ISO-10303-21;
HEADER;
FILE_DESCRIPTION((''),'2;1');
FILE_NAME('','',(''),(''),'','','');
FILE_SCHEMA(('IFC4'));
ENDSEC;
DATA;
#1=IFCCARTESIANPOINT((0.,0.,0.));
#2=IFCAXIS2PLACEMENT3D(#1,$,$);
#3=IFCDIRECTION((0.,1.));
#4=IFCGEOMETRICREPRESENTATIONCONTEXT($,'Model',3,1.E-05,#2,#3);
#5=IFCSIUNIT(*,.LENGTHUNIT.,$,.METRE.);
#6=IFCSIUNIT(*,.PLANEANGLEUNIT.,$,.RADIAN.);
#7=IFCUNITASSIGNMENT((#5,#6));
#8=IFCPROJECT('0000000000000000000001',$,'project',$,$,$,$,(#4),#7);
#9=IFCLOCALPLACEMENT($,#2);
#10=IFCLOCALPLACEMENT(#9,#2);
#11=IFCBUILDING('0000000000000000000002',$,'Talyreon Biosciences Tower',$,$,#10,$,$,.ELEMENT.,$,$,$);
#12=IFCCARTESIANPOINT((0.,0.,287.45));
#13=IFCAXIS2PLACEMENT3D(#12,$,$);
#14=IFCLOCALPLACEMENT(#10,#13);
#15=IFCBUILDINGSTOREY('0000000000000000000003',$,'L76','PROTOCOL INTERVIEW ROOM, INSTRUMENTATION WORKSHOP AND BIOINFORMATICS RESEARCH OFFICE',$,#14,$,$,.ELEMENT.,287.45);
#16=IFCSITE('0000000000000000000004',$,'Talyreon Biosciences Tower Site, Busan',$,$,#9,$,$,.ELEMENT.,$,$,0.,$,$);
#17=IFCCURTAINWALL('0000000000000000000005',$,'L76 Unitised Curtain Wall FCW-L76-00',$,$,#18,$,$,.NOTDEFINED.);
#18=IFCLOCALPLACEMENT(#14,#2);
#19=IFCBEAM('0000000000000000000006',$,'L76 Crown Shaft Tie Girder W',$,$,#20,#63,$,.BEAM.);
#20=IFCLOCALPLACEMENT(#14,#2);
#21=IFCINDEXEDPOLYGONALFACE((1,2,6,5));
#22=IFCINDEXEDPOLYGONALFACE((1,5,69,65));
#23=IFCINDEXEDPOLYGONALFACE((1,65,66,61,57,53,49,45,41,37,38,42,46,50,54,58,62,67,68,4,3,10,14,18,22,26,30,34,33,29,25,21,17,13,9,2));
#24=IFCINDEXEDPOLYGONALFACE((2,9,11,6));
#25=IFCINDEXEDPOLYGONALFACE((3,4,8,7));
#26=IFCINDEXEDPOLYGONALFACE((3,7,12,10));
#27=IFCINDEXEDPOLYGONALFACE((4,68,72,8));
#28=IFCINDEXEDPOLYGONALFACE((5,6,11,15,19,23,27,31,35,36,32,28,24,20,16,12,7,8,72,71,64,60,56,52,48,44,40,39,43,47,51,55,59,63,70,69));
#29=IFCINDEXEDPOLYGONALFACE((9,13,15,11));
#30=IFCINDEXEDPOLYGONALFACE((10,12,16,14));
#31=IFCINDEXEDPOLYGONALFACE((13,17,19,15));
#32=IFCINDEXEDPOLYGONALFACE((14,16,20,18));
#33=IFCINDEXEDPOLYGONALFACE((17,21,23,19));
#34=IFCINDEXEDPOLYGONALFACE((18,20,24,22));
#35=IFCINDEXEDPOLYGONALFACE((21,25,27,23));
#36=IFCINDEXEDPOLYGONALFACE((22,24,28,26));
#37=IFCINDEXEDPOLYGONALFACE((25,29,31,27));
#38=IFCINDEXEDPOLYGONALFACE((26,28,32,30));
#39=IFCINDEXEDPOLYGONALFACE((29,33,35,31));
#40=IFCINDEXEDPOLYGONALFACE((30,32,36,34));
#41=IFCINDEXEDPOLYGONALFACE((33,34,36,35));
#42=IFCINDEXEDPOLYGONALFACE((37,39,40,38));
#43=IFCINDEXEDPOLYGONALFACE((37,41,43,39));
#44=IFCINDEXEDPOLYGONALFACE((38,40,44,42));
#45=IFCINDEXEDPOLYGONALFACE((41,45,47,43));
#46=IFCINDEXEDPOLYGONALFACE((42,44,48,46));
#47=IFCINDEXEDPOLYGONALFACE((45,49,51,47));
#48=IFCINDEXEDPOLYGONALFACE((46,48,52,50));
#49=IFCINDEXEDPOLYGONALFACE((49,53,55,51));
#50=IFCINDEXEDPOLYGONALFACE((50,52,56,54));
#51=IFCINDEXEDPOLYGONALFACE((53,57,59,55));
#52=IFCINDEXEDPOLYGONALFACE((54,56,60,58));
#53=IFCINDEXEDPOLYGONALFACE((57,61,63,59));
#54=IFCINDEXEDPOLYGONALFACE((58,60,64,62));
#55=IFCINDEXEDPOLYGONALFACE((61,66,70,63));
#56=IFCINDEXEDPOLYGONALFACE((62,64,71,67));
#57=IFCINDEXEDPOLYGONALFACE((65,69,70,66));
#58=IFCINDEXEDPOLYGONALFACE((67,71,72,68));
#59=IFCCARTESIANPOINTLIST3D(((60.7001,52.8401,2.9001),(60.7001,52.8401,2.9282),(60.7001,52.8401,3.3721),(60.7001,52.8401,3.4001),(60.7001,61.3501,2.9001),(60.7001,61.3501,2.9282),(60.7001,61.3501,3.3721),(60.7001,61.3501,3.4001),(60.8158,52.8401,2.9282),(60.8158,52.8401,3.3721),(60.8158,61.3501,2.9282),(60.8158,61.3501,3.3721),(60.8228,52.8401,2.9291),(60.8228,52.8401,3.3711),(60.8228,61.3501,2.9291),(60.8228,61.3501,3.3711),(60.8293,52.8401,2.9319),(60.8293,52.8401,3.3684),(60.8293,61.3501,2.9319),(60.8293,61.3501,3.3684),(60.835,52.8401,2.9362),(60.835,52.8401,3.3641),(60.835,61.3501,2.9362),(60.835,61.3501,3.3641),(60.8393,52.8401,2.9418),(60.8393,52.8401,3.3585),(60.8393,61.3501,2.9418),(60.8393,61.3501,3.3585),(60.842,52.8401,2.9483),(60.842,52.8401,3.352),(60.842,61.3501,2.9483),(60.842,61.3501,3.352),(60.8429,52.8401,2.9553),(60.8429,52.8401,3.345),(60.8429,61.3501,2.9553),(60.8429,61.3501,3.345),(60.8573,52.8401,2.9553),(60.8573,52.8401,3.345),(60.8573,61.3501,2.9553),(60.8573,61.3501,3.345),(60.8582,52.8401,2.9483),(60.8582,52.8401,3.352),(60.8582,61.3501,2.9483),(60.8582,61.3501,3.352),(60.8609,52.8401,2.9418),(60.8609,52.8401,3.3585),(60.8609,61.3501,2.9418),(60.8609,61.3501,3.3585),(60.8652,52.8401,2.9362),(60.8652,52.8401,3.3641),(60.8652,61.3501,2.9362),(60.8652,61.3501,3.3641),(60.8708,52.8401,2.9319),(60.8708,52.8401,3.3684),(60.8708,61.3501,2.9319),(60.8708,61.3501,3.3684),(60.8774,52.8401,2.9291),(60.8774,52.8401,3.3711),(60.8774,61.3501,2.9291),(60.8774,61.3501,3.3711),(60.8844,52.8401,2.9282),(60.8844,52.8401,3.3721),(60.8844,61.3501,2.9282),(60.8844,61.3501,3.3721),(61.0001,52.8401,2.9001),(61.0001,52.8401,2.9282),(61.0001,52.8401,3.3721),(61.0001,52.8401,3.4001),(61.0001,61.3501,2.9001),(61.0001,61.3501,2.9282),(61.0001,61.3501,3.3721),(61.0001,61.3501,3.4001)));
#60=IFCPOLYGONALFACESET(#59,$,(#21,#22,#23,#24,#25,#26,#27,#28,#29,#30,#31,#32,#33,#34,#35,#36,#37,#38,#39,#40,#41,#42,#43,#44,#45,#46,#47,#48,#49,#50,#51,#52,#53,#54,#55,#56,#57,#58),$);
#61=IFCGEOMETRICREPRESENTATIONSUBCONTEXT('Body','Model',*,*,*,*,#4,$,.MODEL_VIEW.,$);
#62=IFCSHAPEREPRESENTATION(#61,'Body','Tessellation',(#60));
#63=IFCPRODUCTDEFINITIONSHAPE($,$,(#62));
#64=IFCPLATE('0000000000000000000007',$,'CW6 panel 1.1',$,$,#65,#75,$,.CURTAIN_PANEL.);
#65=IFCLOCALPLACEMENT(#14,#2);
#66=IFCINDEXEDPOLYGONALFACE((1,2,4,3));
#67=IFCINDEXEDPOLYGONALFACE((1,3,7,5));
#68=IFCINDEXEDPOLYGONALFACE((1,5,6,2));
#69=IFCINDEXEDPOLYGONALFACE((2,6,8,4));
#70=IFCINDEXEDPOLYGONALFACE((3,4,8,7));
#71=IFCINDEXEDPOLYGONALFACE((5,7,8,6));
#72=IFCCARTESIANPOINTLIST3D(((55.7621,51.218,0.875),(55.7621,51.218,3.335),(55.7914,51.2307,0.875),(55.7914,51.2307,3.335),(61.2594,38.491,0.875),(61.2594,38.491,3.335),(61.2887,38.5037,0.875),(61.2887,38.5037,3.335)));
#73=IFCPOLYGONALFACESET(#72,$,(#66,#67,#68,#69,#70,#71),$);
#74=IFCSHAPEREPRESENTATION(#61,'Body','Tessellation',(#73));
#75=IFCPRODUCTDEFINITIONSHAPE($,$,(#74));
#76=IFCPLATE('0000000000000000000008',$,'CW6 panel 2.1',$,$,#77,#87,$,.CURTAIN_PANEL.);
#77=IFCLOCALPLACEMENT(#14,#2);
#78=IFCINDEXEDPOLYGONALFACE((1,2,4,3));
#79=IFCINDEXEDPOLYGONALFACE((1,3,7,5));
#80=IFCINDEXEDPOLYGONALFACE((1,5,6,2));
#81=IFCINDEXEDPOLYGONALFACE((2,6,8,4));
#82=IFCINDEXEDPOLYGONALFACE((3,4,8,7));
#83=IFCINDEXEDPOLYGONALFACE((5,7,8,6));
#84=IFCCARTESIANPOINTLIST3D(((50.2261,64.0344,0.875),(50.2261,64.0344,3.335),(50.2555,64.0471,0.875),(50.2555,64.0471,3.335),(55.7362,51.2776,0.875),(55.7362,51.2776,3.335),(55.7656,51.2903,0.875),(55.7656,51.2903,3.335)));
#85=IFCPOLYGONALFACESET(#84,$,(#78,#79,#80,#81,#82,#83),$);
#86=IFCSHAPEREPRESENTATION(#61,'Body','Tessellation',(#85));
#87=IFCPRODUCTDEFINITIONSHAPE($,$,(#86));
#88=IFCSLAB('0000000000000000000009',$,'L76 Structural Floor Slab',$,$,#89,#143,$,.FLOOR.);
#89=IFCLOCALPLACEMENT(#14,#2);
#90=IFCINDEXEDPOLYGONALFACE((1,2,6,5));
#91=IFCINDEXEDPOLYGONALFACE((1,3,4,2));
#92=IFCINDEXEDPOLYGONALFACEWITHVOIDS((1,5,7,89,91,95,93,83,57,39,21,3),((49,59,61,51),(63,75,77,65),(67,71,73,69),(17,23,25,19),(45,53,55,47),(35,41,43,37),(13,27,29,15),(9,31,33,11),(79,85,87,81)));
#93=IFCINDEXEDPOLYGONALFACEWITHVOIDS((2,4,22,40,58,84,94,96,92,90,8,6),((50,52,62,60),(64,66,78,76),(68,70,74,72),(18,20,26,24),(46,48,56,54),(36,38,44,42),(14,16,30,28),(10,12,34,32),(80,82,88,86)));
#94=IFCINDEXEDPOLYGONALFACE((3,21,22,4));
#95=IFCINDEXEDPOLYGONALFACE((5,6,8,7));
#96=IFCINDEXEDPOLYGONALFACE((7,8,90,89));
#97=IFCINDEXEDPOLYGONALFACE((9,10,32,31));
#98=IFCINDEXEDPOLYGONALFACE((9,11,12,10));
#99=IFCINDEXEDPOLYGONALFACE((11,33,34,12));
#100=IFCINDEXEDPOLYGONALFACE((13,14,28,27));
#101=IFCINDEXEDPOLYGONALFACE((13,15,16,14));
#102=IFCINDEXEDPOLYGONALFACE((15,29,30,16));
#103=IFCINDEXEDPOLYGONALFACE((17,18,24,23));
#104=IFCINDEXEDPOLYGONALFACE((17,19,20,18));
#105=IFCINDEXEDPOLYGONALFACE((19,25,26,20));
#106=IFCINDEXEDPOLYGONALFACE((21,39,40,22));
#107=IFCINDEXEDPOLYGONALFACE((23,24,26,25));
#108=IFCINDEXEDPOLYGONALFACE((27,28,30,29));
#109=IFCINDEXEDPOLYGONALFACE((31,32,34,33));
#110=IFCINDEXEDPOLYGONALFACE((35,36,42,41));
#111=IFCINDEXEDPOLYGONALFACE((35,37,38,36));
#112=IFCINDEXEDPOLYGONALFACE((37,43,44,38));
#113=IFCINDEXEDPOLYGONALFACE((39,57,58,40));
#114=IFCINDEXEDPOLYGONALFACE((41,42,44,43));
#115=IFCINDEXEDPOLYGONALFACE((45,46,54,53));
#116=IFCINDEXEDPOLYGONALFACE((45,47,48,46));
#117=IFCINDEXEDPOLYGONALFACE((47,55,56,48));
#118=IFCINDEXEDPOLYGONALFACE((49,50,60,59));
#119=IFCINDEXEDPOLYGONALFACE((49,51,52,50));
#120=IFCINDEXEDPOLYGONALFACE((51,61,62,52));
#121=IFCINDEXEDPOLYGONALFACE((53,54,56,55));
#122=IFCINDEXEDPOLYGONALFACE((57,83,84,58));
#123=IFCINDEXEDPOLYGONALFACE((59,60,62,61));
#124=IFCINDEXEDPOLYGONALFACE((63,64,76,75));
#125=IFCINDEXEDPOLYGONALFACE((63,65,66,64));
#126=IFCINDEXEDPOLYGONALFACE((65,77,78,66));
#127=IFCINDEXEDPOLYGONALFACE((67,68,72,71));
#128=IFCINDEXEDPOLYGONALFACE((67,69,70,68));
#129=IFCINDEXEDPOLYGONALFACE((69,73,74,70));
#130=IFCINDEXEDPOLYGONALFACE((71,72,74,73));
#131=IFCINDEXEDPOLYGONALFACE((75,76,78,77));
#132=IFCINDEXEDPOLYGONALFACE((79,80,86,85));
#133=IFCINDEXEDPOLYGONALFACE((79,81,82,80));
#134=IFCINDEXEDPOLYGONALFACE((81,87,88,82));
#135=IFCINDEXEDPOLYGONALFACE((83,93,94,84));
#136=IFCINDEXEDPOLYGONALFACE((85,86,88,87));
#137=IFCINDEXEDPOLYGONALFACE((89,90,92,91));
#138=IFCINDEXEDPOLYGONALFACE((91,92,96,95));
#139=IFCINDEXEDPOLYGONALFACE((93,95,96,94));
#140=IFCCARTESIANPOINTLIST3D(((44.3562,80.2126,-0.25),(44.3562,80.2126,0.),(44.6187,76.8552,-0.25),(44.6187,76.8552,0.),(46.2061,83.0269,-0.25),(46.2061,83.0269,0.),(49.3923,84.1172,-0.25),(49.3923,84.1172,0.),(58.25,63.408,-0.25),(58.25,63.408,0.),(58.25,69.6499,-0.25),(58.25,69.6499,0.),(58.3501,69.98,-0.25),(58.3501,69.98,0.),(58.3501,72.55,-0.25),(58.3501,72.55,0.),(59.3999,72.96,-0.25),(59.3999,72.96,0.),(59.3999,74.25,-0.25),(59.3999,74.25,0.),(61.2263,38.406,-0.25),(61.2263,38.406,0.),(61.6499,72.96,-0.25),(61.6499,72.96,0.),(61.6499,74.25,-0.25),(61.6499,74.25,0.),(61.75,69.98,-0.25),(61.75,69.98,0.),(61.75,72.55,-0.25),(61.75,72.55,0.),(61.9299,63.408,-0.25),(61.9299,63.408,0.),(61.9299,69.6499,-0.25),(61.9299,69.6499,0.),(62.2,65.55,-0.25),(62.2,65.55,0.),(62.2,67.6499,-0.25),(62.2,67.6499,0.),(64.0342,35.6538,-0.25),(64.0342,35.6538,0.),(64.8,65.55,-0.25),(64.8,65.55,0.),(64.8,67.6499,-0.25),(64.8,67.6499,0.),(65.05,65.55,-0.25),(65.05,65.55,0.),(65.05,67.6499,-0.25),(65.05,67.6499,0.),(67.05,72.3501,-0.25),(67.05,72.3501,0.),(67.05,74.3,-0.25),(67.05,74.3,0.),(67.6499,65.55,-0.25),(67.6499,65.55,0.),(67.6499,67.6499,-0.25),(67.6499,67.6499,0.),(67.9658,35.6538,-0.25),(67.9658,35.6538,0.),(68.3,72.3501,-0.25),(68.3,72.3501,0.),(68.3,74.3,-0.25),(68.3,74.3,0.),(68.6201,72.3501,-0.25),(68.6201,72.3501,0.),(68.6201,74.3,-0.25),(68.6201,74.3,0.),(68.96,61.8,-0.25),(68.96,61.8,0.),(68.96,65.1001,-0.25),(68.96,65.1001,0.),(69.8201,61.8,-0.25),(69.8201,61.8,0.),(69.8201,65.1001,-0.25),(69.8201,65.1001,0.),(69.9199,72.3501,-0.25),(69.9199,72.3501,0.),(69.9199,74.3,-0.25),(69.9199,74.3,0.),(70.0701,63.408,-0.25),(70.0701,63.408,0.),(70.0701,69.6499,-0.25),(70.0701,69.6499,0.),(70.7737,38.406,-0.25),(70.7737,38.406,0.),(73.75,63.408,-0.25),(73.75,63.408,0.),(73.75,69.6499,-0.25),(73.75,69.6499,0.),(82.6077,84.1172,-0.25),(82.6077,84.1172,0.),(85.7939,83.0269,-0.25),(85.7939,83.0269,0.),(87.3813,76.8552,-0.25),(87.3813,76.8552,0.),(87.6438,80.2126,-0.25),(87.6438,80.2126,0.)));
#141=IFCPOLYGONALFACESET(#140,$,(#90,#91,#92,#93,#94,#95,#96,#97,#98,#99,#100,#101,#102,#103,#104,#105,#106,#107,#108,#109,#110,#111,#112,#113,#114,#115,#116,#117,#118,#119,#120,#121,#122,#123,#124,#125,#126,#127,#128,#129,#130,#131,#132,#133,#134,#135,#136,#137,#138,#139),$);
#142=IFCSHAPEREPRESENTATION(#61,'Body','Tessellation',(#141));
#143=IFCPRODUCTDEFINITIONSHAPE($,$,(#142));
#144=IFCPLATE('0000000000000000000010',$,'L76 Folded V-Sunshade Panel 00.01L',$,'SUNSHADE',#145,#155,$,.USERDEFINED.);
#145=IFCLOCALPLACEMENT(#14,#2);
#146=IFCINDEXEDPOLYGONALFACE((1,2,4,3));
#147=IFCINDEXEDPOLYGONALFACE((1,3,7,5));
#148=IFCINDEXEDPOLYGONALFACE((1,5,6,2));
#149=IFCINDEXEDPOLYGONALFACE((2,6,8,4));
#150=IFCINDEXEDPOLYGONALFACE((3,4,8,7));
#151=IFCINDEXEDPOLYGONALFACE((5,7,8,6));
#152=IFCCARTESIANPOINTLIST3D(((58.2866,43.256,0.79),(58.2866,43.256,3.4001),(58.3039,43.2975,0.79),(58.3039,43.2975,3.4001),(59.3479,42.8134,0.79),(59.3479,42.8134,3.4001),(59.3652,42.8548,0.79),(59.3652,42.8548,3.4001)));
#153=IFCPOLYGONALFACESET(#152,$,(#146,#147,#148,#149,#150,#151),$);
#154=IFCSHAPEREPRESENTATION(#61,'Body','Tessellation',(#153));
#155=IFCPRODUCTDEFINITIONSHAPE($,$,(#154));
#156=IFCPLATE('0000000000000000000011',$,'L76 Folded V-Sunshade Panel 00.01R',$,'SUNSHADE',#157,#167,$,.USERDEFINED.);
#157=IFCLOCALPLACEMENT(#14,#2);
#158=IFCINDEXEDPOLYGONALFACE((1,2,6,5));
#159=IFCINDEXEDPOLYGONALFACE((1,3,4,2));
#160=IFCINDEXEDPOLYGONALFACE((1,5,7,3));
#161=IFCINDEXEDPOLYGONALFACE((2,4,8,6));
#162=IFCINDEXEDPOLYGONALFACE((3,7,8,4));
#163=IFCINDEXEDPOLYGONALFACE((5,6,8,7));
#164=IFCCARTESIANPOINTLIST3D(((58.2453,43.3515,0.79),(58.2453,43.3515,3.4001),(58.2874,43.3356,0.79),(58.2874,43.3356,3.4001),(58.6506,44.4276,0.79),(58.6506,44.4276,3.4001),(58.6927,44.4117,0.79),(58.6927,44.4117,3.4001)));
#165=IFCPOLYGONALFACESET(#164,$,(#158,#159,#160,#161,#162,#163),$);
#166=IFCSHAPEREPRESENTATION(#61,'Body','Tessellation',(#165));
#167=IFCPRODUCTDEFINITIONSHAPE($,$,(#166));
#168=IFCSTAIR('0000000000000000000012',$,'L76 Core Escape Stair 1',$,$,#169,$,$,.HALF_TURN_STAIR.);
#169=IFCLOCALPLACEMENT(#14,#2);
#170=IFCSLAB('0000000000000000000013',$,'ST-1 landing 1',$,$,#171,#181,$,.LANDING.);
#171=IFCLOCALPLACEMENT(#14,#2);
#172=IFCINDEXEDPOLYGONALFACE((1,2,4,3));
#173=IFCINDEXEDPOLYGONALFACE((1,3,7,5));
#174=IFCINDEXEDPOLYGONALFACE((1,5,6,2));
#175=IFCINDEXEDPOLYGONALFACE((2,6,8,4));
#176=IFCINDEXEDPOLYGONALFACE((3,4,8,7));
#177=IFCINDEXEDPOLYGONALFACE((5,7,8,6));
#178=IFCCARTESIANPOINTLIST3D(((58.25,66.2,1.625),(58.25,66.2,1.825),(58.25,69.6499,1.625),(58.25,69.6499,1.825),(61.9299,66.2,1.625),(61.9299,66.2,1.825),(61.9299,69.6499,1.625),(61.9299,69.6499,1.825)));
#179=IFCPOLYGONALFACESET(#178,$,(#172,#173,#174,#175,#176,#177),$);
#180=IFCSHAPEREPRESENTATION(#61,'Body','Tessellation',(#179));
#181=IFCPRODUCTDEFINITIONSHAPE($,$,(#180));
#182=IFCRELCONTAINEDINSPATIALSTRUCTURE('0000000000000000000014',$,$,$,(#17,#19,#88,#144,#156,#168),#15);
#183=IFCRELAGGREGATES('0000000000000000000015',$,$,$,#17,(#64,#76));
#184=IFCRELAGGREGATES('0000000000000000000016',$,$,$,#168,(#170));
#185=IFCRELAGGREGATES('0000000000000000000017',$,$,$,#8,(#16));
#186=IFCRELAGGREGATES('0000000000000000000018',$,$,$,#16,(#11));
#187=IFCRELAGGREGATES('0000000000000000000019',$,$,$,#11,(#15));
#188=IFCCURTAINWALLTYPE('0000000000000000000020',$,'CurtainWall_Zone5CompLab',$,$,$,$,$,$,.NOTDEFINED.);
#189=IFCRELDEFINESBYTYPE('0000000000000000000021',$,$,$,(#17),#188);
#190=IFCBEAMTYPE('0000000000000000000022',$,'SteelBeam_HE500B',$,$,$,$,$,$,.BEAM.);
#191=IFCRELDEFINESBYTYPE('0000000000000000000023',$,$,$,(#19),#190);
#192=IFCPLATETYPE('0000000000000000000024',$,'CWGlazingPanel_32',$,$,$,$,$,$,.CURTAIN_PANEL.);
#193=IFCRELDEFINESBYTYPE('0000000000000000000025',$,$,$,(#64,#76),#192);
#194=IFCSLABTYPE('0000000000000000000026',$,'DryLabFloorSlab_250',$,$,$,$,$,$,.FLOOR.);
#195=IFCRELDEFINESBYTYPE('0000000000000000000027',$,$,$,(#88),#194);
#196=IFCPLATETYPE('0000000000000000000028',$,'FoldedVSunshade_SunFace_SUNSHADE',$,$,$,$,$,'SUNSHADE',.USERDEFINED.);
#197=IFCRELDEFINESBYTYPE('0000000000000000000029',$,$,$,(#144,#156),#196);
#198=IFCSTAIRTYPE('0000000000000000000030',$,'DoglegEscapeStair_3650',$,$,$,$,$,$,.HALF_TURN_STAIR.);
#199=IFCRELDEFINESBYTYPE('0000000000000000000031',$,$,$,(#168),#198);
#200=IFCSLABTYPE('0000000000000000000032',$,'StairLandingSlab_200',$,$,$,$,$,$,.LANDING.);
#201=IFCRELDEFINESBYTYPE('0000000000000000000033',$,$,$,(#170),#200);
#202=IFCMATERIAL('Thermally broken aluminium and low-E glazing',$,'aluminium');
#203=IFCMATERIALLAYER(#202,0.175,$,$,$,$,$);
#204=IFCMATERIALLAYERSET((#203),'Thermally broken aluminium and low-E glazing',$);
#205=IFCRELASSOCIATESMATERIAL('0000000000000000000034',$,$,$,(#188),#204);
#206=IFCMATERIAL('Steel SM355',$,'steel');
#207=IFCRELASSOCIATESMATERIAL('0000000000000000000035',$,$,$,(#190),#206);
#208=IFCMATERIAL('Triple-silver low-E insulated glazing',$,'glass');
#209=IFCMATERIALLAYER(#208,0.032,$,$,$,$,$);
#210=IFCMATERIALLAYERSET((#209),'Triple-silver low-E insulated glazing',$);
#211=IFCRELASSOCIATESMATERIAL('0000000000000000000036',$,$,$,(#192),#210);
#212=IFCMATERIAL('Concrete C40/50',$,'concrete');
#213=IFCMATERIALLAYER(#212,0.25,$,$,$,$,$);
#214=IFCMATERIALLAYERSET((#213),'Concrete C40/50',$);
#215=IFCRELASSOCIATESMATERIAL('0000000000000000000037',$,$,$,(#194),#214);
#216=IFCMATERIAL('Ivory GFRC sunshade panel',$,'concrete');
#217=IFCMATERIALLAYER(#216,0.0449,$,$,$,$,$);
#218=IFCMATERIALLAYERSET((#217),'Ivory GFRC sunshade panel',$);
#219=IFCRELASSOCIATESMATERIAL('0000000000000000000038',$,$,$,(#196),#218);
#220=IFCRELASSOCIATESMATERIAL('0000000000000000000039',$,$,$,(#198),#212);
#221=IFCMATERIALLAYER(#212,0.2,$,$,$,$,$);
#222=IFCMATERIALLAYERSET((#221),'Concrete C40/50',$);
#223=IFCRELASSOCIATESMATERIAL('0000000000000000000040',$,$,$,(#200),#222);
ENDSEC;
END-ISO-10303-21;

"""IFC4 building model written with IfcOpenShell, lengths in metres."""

from ifc_helpers import new_model, si_unit, direction, frame, origin, origin_2d, place, context, subcontext, project, spatial, polyline, rectangle, i_section, outline, extrude, material, layer, layer_set, material_profile, profile_set, type_object, element, aggregate, save


model = new_model("IFC4")

# Units and contexts
model_context = context("Model", 3, precision=1e-05, world=origin(), true_north=direction((0.0, 1.0)))
body_context = subcontext(model_context, "Body", "Model", "MODEL_VIEW")
ifc_project = project(units=[si_unit("LENGTHUNIT", "METRE"), si_unit("PLANEANGLEUNIT", "RADIAN")], contexts=[model_context])

# Site, building, storey
site_placement = place(None, origin())
site = spatial("IfcSite", under=ifc_project, at=site_placement, Name="Talyreon Biosciences Tower Site, Busan", CompositionType="ELEMENT", RefElevation=0.0)
building_placement = place(site_placement, origin())
building = spatial("IfcBuilding", under=site, at=building_placement, Name="Talyreon Biosciences Tower", CompositionType="ELEMENT")
storey_placement = place(building_placement, frame((0.0, 0.0, 287.45)))
storey = spatial("IfcBuildingStorey", under=building, at=storey_placement, Name="L76", Description="PROTOCOL INTERVIEW ROOM, INSTRUMENTATION WORKSHOP AND BIOINFORMATICS RESEARCH OFFICE", CompositionType="ELEMENT", Elevation=287.45)

# Curtain wall
ifc_material_1 = material(Name="Thermally broken aluminium and low-E glazing", Category="aluminium")
ifc_layer_1 = layer(ifc_material_1, 0.175)
ifc_layer_set_1 = layer_set([ifc_layer_1], Name="Thermally broken aluminium and low-E glazing")
curtain_wall_type = type_object("IfcCurtainWallType", Name="CurtainWall_Zone5CompLab", PredefinedType="NOTDEFINED", material=ifc_layer_set_1)
curtain_wall_placement = place(storey_placement, origin())
curtain_wall = element("IfcCurtainWall", 1, at=curtain_wall_placement, inside=storey, type_object=curtain_wall_type, Name="L76 Unitised Curtain Wall FCW-L76-00", PredefinedType="NOTDEFINED")

# Beam
ifc_material_2 = material(Name="Steel SM355", Category="steel")
ifc_material_profile_1 = material_profile(ifc_material_2, i_section(OverallWidth=0.3, OverallDepth=0.5, WebThickness=0.0144, FlangeThickness=0.0281, FilletRadius=0.0271, at=origin_2d()), Name="HE500B")
ifc_profile_set_1 = profile_set([ifc_material_profile_1], Name="Steel SM355")
beam_type_1 = type_object("IfcBeamType", Name="SteelBeam_HE500B", PredefinedType="BEAM", material=ifc_profile_set_1)
beam_1_placement = place(storey_placement, frame((60.8501, 52.8401, 3.1501), z_axis=(0.0, 1.0, 0.0), x_axis=(-1.0, 0.0, 0.0)))
element("IfcBeam", 2, at=beam_1_placement, inside=storey, type_object=beam_type_1, Name="L76 Crown Shaft Tie Girder W", PredefinedType="BEAM", context=body_context, shape_type="SweptSolid", body=[
    extrude(i_section(OverallWidth=0.3, OverallDepth=0.5, WebThickness=0.0144, FlangeThickness=0.0281, FilletRadius=0.0271, at=origin_2d()), origin(), (0.0, 0.0, 1.0), 8.51),
])

# Plates
ifc_material_3 = material(Name="Triple-silver low-E insulated glazing", Category="glass")
ifc_layer_2 = layer(ifc_material_3, 0.032)
ifc_layer_set_2 = layer_set([ifc_layer_2], Name="Triple-silver low-E insulated glazing")
plate_type_1 = type_object("IfcPlateType", Name="CWGlazingPanel_32", PredefinedType="CURTAIN_PANEL", material=ifc_layer_set_2)
plate_1_placement = place(storey_placement, frame((58.5254, 44.8608, 0.875), z_axis=(0.0, 0.0, 1.0), x_axis=(-0.396528, 0.918022, 0.0)))
plate_1 = element("IfcPlate", 3, at=plate_1_placement, type_object=plate_type_1, Name="CW6 panel 1.1", PredefinedType="CURTAIN_PANEL", context=body_context, shape_type="SweptSolid", body=[
    extrude(rectangle(XDim=13.8635, YDim=0.032, at=origin_2d()), origin(), (0.0, 0.0, 1.0), 2.46),
])
plate_2_placement = place(storey_placement, frame((52.9958, 57.6624, 0.875), z_axis=(0.0, 0.0, 1.0), x_axis=(-0.396528, 0.918022, 0.0)))
plate_2 = element("IfcPlate", 4, at=plate_2_placement, type_object=plate_type_1, Name="CW6 panel 2.1", PredefinedType="CURTAIN_PANEL", context=body_context, shape_type="SweptSolid", body=[
    extrude(rectangle(XDim=13.896, YDim=0.032, at=origin_2d()), origin(), (0.0, 0.0, 1.0), 2.46),
])
aggregate(curtain_wall, [plate_1, plate_2])

# Slab
ifc_material_4 = material(Name="Concrete C40/50", Category="concrete")
ifc_layer_3 = layer(ifc_material_4, 0.25)
ifc_layer_set_3 = layer_set([ifc_layer_3], Name="Concrete C40/50")
slab_type_1 = type_object("IfcSlabType", Name="DryLabFloorSlab_250", PredefinedType="FLOOR", material=ifc_layer_set_3)
slab_1_placement = place(storey_placement, frame((0.0, 0.0, -0.25)))
element("IfcSlab", 5, at=slab_1_placement, inside=storey, type_object=slab_type_1, Name="L76 Structural Floor Slab", PredefinedType="FLOOR", context=body_context, shape_type="SweptSolid", body=[
    extrude(outline(polyline([(61.2263, 38.406), (44.6187, 76.8552), (44.3562, 80.2126), (46.2061, 83.0269), (49.3923, 84.1172), (82.6077, 84.1172), (85.7939, 83.0269), (87.6438, 80.2126), (87.3813, 76.8552), (70.7737, 38.406), (67.9658, 35.6538), (64.0342, 35.6538), (61.2263, 38.406)]), holes=[polyline([(69.8201, 65.1001), (69.8201, 61.8), (68.96, 61.8), (68.96, 65.1001), (69.8201, 65.1001)]), polyline([(61.9299, 69.6499), (61.9299, 63.408), (58.25, 63.408), (58.25, 69.6499), (61.9299, 69.6499)]), polyline([(73.75, 69.6499), (73.75, 63.408), (70.0701, 63.408), (70.0701, 69.6499), (73.75, 69.6499)]), polyline([(64.8, 67.6499), (64.8, 65.55), (62.2, 65.55), (62.2, 67.6499), (64.8, 67.6499)]), polyline([(67.6499, 67.6499), (67.6499, 65.55), (65.05, 65.55), (65.05, 67.6499), (67.6499, 67.6499)]), polyline([(61.75, 72.55), (61.75, 69.98), (58.3501, 69.98), (58.3501, 72.55), (61.75, 72.55)]), polyline([(68.3, 74.3), (68.3, 72.3501), (67.05, 72.3501), (67.05, 74.3), (68.3, 74.3)]), polyline([(69.9199, 72.3501), (68.6201, 72.3501), (68.6201, 74.3), (69.9199, 74.3), (69.9199, 72.3501)]), polyline([(61.6499, 72.96), (59.3999, 72.96), (59.3999, 74.25), (61.6499, 74.25), (61.6499, 72.96)])]), origin(), (0.0, 0.0, 1.0), 0.25),
])

# Plates
ifc_material_5 = material(Name="Ivory GFRC sunshade panel", Category="concrete")
ifc_layer_4 = layer(ifc_material_5, 0.0449)
ifc_layer_set_4 = layer_set([ifc_layer_4], Name="Ivory GFRC sunshade panel")
plate_type_2 = type_object("IfcPlateType", Name="FoldedVSunshade_SunFace_SUNSHADE", ElementType="SUNSHADE", PredefinedType="USERDEFINED", material=ifc_layer_set_4)
for number, where, z_axis, x_axis, name in (
    (6, (58.8259, 43.0554, 0.79), (0.0, 0.0, 1.0), (-0.922948, 0.384924, 0.0), "L76 Folded V-Sunshade Panel 00.01L"),
    (7, (58.469, 43.8816, 0.79), (0.0, 0.0, 1.0), (0.352479, 0.93582, 0.0), "L76 Folded V-Sunshade Panel 00.01R"),
):
    element("IfcPlate", number, at=place(storey_placement, frame(where, z_axis=z_axis, x_axis=x_axis)), inside=storey, type_object=plate_type_2, Name=name, ObjectType="SUNSHADE", PredefinedType="USERDEFINED", context=body_context, shape_type="SweptSolid", body=[
        extrude(rectangle(XDim=1.1499, YDim=0.0449, at=origin_2d()), origin(), (0.0, 0.0, 1.0), 2.6101),
    ])

# Stair, slab
stair_type = type_object("IfcStairType", Name="DoglegEscapeStair_3650", PredefinedType="HALF_TURN_STAIR", material=ifc_material_4)
stair_1_placement = place(storey_placement, origin())
stair_1 = element("IfcStair", 8, at=stair_1_placement, inside=storey, type_object=stair_type, Name="L76 Core Escape Stair 1", PredefinedType="HALF_TURN_STAIR")
ifc_layer_5 = layer(ifc_material_4, 0.2)
ifc_layer_set_5 = layer_set([ifc_layer_5], Name="Concrete C40/50")
slab_type_2 = type_object("IfcSlabType", Name="StairLandingSlab_200", PredefinedType="LANDING", material=ifc_layer_set_5)
slab_2_placement = place(storey_placement, frame((0.0, 0.0, 1.625)))
slab_2 = element("IfcSlab", 9, at=slab_2_placement, type_object=slab_type_2, Name="ST-1 landing 1", PredefinedType="LANDING", context=body_context, shape_type="SweptSolid", body=[
    extrude(outline(polyline([(61.9299, 66.2), (61.9299, 69.6499), (58.25, 69.6499), (58.25, 66.2), (61.9299, 66.2)])), origin(), (0.0, 0.0, 1.0), 0.2),
])
aggregate(stair_1, [slab_2])

save(model, "model.ifc")
